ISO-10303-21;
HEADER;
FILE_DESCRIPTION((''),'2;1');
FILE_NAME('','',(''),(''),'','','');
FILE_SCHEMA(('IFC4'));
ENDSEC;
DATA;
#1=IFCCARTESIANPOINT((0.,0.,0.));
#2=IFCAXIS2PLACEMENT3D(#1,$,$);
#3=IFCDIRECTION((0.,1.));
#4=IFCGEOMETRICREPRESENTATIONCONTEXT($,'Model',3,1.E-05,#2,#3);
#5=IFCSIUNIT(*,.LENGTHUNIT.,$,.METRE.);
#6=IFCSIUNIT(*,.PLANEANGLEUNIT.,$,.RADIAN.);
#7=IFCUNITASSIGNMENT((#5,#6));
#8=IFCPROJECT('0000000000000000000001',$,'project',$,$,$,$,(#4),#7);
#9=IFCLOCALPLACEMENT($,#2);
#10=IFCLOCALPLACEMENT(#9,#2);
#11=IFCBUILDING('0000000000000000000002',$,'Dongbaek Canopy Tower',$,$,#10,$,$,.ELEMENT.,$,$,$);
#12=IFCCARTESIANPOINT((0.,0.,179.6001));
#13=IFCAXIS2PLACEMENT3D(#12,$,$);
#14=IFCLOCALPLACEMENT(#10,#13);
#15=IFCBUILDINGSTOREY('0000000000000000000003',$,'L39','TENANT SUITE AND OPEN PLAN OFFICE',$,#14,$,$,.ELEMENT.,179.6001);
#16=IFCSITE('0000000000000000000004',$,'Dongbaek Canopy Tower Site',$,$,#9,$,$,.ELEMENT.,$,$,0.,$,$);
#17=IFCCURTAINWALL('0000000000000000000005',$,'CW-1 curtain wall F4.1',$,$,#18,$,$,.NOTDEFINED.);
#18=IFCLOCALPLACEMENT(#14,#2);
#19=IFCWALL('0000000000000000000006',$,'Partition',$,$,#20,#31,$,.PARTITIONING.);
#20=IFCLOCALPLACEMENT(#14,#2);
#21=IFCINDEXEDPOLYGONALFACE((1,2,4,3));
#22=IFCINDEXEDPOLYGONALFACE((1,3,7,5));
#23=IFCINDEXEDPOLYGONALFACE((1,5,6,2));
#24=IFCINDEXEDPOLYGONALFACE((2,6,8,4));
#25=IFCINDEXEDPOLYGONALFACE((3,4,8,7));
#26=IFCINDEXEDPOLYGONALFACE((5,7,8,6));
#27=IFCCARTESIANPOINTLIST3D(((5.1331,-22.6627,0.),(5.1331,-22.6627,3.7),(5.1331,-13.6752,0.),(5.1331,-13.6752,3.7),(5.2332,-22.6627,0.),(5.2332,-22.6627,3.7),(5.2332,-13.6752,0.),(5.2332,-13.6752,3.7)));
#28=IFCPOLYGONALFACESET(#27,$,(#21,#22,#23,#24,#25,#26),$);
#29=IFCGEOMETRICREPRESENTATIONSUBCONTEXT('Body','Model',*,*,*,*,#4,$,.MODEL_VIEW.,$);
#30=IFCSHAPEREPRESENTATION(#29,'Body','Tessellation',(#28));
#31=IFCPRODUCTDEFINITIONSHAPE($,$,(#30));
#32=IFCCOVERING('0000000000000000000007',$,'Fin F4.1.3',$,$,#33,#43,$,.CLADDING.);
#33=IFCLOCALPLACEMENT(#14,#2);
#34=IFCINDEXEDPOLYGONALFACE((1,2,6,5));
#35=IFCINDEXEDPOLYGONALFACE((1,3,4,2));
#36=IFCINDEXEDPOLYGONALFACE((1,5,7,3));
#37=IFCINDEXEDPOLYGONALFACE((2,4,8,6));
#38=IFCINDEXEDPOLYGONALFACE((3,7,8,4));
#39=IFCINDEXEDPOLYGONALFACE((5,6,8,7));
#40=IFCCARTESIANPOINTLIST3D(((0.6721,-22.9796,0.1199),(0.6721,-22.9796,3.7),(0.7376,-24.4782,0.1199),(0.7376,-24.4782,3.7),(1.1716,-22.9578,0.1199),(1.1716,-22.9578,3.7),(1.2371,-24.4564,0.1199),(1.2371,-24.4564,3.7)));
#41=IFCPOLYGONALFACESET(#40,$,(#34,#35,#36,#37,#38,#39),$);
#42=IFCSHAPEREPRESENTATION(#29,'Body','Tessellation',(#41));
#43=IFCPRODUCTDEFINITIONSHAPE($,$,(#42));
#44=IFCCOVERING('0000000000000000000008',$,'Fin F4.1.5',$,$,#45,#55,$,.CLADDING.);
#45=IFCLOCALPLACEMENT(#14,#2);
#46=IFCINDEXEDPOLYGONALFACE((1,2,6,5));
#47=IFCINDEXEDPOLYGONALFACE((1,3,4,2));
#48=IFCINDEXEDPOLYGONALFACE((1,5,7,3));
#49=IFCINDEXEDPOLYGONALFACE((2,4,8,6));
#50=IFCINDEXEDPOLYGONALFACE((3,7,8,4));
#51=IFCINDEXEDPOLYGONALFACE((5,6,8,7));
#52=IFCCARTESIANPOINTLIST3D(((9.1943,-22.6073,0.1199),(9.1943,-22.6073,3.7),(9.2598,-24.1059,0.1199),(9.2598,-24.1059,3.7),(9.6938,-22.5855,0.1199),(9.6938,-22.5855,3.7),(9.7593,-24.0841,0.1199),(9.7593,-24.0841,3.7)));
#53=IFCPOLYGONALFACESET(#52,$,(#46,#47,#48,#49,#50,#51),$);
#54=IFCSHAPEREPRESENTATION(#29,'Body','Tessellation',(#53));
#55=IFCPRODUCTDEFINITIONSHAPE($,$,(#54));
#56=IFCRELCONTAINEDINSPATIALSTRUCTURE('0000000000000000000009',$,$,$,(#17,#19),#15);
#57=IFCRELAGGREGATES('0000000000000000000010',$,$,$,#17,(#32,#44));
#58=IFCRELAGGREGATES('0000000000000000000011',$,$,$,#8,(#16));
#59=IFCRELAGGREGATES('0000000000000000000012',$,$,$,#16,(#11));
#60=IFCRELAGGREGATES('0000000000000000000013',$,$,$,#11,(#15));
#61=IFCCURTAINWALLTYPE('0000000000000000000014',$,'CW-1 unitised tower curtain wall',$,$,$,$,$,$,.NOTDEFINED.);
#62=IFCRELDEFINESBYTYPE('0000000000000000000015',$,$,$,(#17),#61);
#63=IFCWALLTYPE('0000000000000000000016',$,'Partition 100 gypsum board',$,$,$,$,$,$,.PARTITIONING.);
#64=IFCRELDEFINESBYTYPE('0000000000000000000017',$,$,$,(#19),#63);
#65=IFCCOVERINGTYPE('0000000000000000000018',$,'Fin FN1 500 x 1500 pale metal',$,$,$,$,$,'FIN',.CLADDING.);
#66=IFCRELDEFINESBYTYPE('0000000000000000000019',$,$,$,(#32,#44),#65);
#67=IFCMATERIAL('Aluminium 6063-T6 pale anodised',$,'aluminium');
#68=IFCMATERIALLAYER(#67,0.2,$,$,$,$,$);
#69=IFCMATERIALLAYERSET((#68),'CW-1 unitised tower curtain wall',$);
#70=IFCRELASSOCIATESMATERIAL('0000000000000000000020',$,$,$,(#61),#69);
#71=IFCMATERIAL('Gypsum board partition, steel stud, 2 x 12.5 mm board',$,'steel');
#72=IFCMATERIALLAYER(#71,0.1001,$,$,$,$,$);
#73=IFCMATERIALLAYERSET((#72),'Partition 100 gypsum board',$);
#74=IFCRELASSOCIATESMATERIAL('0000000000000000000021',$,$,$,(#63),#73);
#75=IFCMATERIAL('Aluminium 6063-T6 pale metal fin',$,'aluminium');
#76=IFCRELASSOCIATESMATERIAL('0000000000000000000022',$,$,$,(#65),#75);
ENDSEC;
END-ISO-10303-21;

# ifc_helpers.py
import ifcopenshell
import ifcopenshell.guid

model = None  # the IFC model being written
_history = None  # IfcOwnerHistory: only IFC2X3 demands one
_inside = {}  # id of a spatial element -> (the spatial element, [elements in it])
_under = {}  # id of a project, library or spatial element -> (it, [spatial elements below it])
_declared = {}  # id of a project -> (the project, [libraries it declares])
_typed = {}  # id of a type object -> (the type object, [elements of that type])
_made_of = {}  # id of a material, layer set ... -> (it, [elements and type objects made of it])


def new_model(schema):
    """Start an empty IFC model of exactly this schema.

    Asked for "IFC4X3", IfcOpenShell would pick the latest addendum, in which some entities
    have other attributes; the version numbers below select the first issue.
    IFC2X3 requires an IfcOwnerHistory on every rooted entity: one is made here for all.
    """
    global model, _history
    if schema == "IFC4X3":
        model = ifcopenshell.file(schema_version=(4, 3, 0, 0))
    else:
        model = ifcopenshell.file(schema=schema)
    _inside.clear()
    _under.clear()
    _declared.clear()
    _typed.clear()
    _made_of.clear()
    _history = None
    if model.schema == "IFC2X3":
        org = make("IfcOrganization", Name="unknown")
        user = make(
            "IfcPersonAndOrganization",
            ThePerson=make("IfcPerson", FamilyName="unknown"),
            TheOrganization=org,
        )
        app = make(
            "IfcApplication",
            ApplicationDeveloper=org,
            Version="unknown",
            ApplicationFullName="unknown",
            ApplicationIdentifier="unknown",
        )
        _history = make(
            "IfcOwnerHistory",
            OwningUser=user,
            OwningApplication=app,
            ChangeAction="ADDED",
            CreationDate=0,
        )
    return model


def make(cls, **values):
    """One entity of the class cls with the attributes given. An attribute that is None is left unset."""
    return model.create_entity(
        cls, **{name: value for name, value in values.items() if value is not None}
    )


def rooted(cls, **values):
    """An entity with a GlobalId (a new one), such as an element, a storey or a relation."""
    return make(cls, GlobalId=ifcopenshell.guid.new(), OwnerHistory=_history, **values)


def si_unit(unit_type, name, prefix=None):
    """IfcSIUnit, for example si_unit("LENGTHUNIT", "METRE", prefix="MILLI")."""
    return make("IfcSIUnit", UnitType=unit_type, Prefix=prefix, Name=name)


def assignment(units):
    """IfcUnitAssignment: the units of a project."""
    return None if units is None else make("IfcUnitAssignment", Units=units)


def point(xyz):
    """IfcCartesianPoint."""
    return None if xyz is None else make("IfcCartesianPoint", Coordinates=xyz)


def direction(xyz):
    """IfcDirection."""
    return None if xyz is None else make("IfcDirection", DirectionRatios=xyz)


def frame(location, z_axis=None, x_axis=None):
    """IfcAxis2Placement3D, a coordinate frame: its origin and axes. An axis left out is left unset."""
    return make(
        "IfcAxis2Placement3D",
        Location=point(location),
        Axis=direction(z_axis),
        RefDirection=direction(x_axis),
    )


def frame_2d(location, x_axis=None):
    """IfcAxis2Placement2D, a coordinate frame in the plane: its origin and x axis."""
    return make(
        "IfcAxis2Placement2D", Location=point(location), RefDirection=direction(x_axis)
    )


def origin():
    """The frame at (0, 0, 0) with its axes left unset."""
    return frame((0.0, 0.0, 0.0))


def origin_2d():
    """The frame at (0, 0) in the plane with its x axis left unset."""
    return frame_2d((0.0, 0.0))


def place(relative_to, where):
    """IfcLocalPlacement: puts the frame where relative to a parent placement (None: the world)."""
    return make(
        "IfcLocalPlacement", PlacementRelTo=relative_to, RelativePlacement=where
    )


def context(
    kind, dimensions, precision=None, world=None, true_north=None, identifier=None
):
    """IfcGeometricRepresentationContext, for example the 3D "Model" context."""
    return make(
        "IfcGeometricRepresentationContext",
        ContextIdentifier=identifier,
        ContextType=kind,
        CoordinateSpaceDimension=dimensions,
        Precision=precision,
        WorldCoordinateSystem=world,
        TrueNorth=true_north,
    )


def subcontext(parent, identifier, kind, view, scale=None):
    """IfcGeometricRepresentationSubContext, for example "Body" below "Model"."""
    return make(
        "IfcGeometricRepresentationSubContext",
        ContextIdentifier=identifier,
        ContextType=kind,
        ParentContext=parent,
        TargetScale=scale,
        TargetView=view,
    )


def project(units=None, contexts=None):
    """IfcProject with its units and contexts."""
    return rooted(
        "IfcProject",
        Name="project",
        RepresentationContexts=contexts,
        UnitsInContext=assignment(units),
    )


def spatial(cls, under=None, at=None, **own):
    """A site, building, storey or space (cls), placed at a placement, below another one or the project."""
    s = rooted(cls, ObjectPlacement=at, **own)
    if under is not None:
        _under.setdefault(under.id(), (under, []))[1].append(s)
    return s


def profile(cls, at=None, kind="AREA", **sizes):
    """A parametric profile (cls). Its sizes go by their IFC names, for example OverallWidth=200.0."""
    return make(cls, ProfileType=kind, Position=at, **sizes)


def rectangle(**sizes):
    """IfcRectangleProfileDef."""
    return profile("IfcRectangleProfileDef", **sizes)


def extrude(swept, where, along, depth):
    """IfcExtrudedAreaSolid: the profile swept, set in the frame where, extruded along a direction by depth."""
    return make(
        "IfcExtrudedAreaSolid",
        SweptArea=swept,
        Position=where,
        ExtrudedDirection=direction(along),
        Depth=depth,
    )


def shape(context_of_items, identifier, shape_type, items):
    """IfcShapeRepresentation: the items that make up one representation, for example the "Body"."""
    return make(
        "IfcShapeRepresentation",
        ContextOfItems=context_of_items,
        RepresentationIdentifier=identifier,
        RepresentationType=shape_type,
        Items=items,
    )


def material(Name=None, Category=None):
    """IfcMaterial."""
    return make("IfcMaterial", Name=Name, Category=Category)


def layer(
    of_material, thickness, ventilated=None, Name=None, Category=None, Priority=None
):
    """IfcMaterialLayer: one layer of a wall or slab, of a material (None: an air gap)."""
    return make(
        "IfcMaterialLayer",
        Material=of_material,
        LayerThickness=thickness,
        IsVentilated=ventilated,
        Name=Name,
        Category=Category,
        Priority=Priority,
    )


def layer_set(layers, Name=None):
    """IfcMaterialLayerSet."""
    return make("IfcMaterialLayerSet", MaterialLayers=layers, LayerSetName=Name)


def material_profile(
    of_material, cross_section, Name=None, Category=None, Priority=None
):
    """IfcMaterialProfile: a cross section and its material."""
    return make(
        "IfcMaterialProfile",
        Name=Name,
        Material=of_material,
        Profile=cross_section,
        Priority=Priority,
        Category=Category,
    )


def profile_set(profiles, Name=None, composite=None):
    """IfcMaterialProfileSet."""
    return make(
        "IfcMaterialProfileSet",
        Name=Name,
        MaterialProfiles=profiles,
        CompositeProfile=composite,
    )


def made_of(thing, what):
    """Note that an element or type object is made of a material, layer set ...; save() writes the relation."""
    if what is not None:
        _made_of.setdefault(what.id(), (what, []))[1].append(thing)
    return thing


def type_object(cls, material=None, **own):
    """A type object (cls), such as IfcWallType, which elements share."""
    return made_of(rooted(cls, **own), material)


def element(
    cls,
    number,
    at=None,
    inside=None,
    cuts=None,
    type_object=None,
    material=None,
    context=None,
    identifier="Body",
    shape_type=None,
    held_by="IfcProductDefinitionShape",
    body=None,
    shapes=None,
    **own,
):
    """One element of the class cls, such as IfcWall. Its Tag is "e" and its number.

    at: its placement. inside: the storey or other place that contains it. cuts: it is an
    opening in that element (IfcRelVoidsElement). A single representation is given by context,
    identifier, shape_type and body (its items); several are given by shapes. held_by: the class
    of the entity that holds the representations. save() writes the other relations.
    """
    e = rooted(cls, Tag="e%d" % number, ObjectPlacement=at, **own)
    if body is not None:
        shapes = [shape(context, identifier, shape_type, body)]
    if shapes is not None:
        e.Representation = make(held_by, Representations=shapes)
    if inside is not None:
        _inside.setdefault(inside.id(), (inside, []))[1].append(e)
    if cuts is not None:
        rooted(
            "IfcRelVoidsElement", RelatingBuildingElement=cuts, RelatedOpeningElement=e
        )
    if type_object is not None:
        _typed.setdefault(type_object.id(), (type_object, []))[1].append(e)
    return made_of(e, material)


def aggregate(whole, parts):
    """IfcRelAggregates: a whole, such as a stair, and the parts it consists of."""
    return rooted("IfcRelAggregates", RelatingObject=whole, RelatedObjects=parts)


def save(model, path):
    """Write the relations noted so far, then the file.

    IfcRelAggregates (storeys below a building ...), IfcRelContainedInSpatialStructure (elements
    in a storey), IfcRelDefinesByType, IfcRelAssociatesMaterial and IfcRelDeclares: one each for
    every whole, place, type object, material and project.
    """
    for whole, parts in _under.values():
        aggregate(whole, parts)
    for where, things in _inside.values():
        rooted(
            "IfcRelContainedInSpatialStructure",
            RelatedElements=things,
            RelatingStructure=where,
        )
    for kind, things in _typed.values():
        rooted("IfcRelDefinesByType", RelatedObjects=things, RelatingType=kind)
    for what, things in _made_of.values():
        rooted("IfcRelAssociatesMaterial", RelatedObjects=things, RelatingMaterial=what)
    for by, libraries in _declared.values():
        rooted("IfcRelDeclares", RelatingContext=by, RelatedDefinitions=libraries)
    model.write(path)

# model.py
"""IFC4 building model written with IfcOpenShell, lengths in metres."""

from ifc_helpers import new_model, si_unit, direction, frame, frame_2d, origin, origin_2d, place, context, subcontext, project, spatial, rectangle, extrude, material, layer, layer_set, material_profile, profile_set, type_object, element, aggregate, save


model = new_model("IFC4")

# Units and contexts
model_context = context("Model", 3, precision=1e-05, world=origin(), true_north=direction((0.0, 1.0)))
body_context = subcontext(model_context, "Body", "Model", "MODEL_VIEW")
ifc_project = project(units=[si_unit("LENGTHUNIT", "METRE"), si_unit("PLANEANGLEUNIT", "RADIAN")], contexts=[model_context])

# Site, building, storey
site_placement = place(None, origin())
site = spatial("IfcSite", under=ifc_project, at=site_placement, Name="Dongbaek Canopy Tower Site", CompositionType="ELEMENT", RefElevation=0.0)
building_placement = place(site_placement, origin())
building = spatial("IfcBuilding", under=site, at=building_placement, Name="Dongbaek Canopy Tower", CompositionType="ELEMENT")
storey_placement = place(building_placement, frame((0.0, 0.0, 179.6001)))
storey = spatial("IfcBuildingStorey", under=building, at=storey_placement, Name="L39", Description="TENANT SUITE AND OPEN PLAN OFFICE", CompositionType="ELEMENT", Elevation=179.6001)

# Curtain wall
ifc_material_1 = material(Name="Aluminium 6063-T6 pale anodised", Category="aluminium")
ifc_layer_1 = layer(ifc_material_1, 0.2)
ifc_layer_set_1 = layer_set([ifc_layer_1], Name="CW-1 unitised tower curtain wall")
curtain_wall_type = type_object("IfcCurtainWallType", Name="CW-1 unitised tower curtain wall", PredefinedType="NOTDEFINED", material=ifc_layer_set_1)
curtain_wall_1_placement = place(storey_placement, origin())
curtain_wall_1 = element("IfcCurtainWall", 1, at=curtain_wall_1_placement, inside=storey, type_object=curtain_wall_type, Name="CW-1 curtain wall F4.1", PredefinedType="NOTDEFINED")

# Wall
ifc_material_2 = material(Name="Gypsum board partition, steel stud, 2 x 12.5 mm board", Category="steel")
ifc_layer_2 = layer(ifc_material_2, 0.1001)
ifc_layer_set_2 = layer_set([ifc_layer_2], Name="Partition 100 gypsum board")
wall_type = type_object("IfcWallType", Name="Partition 100 gypsum board", PredefinedType="PARTITIONING", material=ifc_layer_set_2)
wall_placement = place(storey_placement, frame((5.1831, -22.6626, 0.0), z_axis=(0.0, 0.0, 1.0), x_axis=(0.0, 1.0, 0.0)))
element("IfcWall", 2, at=wall_placement, inside=storey, type_object=wall_type, Name="Partition", PredefinedType="PARTITIONING", context=body_context, shape_type="SweptSolid", body=[
    extrude(rectangle(XDim=8.9875, YDim=0.1001, at=frame_2d((4.4937, 0.0))), origin(), (0.0, 0.0, 1.0), 3.7),
])

# Coverings
ifc_material_3 = material(Name="Aluminium 6063-T6 pale metal fin", Category="aluminium")
ifc_material_profile_1 = material_profile(ifc_material_3, rectangle(XDim=1.5, YDim=0.5, at=origin_2d()), Name="Fin FN1 500 x 1500 pale metal")
ifc_profile_set_1 = profile_set([ifc_material_profile_1], Name="Aluminium 6063-T6 pale metal fin")
covering_type = type_object("IfcCoveringType", Name="Fin FN1 500 x 1500 pale metal", ElementType="FIN", PredefinedType="CLADDING", material=ifc_profile_set_1)
covering_1_placement = place(storey_placement, frame((0.9546, -23.718, 0.1199), z_axis=(0.0, 0.0, 1.0), x_axis=(0.04364, -0.999047, 0.0)))
covering_1 = element("IfcCovering", 3, at=covering_1_placement, type_object=covering_type, Name="Fin F4.1.3", PredefinedType="CLADDING", context=body_context, shape_type="SweptSolid", body=[
    extrude(rectangle(XDim=1.5, YDim=0.5, at=origin_2d()), origin(), (0.0, 0.0, 1.0), 3.5801),
])
covering_2_placement = place(storey_placement, frame((9.4768, -23.3457, 0.1199), z_axis=(0.0, 0.0, 1.0), x_axis=(0.04364, -0.999047, 0.0)))
covering_2 = element("IfcCovering", 4, at=covering_2_placement, type_object=covering_type, Name="Fin F4.1.5", PredefinedType="CLADDING", context=body_context, shape_type="SweptSolid", body=[
    extrude(rectangle(XDim=1.5, YDim=0.5, at=origin_2d()), origin(), (0.0, 0.0, 1.0), 3.5801),
])
aggregate(curtain_wall_1, [covering_1, covering_2])

save(model, "model.ifc")
